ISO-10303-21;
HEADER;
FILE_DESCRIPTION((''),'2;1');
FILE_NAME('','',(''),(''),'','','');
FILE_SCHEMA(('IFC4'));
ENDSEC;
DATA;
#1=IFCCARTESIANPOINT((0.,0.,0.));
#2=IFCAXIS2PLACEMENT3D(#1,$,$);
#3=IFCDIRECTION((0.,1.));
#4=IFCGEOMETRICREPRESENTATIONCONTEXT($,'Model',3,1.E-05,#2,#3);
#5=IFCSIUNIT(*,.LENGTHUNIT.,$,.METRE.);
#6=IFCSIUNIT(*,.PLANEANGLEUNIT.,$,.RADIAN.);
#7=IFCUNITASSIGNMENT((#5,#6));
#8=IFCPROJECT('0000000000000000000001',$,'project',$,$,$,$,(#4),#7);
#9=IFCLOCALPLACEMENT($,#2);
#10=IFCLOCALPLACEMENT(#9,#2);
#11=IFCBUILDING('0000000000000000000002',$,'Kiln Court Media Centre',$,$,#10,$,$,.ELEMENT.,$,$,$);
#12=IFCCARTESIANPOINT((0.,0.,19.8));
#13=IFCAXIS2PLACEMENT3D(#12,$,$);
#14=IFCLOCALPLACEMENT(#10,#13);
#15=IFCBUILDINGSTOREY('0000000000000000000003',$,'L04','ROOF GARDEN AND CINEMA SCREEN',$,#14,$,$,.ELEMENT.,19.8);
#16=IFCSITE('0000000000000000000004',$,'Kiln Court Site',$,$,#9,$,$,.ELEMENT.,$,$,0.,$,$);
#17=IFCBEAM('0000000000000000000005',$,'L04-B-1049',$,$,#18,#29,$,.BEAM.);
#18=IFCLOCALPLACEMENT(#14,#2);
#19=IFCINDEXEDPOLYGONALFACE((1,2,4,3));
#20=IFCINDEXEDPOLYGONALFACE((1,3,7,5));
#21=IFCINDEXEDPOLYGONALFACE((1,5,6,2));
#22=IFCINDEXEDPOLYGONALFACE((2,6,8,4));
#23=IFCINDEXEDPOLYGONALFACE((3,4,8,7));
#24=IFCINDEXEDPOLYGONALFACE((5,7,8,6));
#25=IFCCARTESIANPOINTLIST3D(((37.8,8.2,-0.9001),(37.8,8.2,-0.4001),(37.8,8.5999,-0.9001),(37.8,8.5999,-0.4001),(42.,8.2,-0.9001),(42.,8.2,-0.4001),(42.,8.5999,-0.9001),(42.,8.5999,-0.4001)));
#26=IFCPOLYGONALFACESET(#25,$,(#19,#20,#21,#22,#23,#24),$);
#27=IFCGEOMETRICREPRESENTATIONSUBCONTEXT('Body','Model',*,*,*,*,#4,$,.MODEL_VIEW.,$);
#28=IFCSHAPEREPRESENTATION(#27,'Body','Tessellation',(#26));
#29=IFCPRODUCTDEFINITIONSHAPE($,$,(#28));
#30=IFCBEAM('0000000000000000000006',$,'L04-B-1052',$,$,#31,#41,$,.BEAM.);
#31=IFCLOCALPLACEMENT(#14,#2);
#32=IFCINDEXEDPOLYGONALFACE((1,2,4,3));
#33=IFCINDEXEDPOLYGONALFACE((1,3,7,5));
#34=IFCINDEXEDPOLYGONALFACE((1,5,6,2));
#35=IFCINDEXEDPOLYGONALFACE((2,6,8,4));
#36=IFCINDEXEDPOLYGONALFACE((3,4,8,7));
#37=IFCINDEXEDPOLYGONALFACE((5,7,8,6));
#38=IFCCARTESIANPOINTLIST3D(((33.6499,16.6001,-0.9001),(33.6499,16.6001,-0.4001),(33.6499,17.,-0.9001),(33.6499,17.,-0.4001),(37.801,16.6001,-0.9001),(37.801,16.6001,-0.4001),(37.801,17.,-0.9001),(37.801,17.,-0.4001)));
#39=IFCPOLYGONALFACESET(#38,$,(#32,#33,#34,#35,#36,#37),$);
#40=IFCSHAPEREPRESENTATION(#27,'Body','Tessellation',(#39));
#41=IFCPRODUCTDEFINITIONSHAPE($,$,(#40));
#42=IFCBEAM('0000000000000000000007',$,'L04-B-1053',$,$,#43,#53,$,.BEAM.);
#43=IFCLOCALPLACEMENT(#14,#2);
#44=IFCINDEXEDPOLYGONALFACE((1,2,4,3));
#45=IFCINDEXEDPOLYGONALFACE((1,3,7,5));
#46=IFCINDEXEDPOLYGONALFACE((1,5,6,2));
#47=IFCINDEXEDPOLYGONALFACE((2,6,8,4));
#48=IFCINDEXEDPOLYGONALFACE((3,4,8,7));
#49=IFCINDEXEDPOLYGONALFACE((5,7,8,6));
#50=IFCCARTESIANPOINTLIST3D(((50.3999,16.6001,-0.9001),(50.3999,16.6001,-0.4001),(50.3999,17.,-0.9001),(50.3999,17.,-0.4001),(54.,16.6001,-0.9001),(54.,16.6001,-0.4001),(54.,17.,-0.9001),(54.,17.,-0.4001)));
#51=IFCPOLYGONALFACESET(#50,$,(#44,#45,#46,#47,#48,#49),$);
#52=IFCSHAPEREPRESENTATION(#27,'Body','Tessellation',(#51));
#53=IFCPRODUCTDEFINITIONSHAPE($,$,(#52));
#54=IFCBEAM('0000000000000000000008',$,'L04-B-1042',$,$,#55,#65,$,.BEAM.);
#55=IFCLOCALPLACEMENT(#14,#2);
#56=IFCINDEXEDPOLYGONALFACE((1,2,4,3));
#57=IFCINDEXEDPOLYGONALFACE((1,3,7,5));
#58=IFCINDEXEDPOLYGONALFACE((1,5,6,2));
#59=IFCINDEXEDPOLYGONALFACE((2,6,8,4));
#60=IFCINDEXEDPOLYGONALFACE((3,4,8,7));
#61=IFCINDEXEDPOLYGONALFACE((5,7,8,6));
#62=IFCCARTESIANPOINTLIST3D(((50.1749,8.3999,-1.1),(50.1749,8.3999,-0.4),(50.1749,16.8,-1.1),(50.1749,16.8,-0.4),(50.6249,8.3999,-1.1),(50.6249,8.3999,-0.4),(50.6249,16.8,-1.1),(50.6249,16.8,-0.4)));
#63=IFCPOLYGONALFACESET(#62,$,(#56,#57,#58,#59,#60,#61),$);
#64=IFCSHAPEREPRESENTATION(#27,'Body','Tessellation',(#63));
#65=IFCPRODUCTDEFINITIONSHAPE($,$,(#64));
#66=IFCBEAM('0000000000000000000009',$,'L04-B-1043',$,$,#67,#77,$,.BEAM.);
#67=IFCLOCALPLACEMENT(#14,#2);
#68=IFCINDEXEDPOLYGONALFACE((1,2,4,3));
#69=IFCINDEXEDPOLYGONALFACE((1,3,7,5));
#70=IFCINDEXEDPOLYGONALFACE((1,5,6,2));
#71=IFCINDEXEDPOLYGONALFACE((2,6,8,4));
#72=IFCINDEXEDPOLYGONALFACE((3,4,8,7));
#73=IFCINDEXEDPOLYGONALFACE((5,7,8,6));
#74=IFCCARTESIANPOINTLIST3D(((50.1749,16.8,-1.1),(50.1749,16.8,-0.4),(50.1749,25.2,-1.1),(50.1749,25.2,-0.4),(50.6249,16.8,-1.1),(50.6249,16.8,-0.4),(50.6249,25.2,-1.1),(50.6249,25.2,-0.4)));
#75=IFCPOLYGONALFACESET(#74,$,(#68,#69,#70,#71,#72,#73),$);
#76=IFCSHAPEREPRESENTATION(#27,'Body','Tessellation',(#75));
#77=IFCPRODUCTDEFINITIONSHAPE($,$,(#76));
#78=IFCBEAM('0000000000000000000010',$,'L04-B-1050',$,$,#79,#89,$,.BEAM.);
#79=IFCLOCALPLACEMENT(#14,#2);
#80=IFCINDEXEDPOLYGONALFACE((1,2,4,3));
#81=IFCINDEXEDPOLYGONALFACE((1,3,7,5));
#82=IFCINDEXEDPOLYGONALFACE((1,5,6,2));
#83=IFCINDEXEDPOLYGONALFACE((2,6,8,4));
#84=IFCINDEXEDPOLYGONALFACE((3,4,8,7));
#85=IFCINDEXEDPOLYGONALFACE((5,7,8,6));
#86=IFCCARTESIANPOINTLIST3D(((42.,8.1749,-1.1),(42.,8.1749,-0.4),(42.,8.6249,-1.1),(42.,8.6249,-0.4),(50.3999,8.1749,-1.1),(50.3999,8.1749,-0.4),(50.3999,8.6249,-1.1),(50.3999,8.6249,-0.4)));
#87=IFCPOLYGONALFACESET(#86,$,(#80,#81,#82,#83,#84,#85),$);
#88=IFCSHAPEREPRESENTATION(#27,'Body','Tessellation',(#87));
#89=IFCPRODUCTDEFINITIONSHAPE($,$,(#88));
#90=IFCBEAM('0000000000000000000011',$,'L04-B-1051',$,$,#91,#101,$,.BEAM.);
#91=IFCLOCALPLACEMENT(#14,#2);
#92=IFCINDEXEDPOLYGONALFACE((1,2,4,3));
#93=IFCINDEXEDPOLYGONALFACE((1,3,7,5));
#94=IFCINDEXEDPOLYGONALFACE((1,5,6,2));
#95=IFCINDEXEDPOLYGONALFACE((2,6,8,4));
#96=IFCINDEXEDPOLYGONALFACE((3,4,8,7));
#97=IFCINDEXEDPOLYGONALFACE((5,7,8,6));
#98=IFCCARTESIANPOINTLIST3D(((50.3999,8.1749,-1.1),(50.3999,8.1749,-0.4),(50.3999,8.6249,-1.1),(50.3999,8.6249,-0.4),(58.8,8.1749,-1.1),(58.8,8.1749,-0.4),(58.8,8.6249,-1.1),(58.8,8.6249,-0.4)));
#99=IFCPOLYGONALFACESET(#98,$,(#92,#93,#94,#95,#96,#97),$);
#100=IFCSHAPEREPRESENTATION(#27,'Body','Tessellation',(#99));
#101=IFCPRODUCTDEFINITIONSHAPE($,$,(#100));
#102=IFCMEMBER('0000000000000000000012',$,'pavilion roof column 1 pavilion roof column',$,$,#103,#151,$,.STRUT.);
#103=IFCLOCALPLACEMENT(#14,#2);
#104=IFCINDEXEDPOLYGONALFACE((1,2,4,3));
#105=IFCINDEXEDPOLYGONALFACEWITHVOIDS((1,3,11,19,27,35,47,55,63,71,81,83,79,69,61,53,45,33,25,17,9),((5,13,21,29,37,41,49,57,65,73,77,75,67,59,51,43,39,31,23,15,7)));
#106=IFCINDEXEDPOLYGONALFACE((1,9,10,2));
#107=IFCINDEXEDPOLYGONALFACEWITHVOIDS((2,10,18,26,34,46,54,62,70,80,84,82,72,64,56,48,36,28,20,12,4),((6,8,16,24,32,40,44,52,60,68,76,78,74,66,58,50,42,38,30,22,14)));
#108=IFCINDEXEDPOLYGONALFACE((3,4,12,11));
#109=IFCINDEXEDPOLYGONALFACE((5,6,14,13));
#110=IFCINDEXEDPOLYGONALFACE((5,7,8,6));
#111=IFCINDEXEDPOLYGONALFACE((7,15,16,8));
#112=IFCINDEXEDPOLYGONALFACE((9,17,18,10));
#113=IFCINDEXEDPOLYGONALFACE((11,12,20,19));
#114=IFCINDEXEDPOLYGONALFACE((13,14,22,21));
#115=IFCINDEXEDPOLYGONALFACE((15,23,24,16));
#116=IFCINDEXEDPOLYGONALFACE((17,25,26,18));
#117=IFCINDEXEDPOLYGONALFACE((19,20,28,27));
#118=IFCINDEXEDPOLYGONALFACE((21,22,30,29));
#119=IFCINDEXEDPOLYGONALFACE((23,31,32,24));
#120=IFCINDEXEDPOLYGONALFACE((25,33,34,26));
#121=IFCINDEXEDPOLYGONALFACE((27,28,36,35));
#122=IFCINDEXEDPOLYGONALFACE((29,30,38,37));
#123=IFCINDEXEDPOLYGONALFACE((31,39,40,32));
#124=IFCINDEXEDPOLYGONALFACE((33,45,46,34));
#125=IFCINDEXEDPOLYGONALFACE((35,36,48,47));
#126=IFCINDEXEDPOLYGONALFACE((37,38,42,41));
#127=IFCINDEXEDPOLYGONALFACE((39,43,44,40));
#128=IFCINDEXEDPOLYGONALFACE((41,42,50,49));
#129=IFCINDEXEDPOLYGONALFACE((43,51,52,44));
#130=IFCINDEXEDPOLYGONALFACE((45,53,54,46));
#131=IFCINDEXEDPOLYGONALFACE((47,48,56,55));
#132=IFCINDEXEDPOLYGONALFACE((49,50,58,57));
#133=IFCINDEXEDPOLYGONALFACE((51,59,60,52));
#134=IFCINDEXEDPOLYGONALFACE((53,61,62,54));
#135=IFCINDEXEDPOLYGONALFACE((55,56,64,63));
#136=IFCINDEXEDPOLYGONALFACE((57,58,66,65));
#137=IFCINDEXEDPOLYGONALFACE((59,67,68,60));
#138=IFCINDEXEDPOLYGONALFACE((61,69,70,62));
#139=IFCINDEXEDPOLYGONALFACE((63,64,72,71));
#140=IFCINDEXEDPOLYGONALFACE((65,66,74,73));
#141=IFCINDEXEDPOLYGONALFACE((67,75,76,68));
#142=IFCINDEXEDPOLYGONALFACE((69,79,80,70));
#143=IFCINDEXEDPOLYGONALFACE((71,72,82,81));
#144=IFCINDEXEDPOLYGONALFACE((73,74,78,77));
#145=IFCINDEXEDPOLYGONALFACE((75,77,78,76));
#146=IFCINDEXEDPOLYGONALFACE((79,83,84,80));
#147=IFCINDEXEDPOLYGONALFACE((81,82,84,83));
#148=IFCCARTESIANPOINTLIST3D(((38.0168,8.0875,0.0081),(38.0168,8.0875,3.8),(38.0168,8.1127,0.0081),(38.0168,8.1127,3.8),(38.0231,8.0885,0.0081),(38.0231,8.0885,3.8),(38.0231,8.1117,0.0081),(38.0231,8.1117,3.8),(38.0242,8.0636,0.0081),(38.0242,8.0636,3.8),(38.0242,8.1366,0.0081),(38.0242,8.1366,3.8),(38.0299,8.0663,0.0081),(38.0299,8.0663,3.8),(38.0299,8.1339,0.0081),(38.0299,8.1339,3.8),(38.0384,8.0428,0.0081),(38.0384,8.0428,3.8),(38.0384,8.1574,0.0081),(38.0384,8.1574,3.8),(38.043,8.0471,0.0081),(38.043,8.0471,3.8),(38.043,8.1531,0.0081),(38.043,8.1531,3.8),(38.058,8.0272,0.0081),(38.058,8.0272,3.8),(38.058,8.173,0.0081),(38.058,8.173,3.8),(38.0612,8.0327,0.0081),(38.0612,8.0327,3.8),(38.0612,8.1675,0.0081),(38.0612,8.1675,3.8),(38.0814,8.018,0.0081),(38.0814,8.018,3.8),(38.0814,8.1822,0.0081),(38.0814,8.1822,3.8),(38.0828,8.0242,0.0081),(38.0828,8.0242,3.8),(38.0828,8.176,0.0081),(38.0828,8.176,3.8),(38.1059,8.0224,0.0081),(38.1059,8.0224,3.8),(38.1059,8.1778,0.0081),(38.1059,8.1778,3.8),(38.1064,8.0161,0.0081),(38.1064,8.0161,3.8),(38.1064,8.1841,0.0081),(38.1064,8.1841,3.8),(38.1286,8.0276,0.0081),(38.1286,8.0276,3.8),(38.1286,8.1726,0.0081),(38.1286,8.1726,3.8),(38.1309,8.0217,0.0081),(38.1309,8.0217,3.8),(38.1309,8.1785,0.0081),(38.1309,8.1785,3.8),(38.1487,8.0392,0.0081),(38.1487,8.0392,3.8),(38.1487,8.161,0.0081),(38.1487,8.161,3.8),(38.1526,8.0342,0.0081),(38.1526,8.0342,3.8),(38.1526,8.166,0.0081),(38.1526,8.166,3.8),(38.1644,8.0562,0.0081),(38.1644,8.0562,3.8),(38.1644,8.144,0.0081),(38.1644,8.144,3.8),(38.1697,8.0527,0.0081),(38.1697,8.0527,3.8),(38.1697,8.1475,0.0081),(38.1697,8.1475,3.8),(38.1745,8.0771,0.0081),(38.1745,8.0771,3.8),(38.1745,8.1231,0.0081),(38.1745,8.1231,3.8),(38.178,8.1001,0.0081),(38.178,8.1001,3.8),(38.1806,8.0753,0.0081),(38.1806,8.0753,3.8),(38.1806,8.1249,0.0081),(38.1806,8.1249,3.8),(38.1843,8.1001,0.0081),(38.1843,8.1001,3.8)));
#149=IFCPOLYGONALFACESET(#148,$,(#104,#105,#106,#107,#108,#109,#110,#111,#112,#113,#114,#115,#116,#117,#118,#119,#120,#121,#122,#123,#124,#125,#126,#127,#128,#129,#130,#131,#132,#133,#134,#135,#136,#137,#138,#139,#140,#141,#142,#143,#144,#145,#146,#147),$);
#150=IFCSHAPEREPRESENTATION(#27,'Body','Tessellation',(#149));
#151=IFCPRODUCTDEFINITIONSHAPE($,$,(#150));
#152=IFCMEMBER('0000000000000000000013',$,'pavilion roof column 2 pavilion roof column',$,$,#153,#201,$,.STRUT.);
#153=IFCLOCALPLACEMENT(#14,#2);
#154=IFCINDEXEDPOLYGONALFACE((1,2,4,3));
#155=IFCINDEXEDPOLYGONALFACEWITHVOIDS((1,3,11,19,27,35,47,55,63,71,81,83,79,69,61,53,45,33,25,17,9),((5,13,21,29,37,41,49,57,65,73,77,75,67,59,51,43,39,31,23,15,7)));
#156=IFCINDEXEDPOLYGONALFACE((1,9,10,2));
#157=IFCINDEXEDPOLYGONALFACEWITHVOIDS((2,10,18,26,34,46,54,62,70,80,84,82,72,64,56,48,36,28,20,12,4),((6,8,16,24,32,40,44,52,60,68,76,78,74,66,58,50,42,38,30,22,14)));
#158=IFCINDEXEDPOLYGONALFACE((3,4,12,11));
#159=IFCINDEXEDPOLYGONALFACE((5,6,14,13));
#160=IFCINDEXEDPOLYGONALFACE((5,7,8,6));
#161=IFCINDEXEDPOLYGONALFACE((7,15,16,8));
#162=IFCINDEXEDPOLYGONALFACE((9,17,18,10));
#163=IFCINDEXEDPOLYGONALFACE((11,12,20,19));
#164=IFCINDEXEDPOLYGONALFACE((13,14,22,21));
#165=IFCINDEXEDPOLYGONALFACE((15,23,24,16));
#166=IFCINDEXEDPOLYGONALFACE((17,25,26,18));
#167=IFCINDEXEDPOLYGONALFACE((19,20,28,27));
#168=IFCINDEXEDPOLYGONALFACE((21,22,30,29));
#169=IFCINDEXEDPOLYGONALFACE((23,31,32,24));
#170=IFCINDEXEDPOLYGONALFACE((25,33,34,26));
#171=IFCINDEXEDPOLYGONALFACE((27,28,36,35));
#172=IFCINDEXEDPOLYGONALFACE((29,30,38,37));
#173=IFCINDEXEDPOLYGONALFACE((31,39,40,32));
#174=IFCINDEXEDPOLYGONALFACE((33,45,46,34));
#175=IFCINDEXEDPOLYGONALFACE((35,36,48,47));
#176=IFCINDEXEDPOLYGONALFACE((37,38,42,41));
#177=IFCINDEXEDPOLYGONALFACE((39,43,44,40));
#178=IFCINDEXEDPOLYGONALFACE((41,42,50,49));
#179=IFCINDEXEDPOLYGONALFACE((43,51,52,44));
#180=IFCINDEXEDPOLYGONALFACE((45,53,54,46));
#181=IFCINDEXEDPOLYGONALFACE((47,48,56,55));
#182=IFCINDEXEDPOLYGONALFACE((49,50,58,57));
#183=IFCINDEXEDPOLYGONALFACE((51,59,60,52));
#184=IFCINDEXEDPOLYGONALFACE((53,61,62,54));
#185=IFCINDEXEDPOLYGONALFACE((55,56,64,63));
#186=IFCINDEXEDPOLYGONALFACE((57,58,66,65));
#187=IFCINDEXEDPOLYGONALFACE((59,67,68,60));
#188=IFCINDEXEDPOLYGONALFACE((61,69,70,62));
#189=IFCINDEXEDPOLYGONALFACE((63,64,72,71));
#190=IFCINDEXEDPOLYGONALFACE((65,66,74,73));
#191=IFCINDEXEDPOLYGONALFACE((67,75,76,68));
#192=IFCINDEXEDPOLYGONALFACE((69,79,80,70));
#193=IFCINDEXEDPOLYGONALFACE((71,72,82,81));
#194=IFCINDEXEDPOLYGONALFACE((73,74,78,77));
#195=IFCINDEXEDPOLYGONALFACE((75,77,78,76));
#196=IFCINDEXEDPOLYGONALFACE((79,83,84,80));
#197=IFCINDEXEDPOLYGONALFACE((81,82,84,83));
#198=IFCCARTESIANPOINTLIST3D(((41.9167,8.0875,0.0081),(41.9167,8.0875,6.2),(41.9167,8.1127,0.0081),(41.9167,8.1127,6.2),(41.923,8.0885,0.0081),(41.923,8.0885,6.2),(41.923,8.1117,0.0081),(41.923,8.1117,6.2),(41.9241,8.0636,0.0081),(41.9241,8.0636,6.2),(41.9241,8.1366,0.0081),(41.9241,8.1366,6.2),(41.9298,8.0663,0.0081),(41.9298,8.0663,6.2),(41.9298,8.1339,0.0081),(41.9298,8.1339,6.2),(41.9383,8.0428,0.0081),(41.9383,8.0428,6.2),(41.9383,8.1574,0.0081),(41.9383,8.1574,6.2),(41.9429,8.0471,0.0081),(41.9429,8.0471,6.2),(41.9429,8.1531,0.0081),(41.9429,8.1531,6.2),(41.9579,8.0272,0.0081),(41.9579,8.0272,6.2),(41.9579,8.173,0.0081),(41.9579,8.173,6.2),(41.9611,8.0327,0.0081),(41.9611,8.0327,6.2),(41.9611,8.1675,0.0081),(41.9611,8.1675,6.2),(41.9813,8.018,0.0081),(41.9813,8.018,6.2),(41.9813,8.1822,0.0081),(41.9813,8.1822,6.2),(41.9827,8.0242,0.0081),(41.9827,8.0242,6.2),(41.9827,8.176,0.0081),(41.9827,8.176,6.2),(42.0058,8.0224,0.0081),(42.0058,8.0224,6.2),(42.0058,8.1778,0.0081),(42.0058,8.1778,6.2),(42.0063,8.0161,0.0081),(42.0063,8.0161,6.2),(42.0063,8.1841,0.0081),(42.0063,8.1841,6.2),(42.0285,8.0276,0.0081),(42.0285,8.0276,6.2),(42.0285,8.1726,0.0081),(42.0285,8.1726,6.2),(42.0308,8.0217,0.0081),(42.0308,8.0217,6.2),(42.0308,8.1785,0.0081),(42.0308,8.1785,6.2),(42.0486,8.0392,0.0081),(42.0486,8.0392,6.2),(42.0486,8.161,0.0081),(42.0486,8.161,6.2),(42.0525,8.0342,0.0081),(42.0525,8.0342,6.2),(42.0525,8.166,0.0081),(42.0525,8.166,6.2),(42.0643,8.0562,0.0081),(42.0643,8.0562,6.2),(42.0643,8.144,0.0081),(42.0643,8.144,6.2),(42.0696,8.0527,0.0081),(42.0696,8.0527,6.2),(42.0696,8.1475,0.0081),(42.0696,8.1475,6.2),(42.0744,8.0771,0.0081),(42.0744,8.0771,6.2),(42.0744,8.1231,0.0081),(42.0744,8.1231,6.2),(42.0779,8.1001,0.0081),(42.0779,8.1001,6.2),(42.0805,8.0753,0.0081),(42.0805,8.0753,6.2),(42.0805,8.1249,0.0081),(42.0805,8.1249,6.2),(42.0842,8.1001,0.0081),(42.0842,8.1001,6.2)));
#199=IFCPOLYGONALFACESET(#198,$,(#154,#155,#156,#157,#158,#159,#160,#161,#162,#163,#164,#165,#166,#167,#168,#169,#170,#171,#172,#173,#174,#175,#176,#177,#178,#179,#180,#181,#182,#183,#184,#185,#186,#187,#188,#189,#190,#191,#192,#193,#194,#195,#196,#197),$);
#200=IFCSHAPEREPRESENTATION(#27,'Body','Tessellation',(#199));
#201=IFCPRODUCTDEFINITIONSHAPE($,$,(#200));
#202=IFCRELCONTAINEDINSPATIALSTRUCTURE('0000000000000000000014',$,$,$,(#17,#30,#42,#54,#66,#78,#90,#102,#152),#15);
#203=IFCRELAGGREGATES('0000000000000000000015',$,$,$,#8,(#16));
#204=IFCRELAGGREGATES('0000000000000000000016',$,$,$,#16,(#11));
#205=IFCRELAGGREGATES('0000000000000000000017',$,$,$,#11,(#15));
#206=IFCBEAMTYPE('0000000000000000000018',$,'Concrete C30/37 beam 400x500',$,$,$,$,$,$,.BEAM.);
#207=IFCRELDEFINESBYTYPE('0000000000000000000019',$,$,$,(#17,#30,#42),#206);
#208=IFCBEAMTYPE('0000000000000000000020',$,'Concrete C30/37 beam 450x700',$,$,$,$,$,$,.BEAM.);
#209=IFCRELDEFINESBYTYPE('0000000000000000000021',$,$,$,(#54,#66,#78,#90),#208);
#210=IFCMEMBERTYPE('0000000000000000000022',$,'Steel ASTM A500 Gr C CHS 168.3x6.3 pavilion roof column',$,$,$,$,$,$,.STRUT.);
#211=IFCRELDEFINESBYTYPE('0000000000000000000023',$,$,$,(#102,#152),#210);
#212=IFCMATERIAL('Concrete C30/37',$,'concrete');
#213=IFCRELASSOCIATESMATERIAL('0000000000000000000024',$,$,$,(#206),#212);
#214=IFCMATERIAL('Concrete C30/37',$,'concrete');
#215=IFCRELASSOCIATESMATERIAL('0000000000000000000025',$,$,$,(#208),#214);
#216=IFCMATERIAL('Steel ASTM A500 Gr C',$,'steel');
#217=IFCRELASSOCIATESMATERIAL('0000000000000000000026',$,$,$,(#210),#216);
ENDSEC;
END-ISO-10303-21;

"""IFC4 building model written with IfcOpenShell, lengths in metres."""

from ifc_helpers import new_model, si_unit, direction, frame, origin, origin_2d, place, context, subcontext, project, spatial, rectangle, hollow_circle, extrude, material, material_profile, profile_set, type_object, element, save


model = new_model("IFC4")

# Units and contexts
model_context = context("Model", 3, precision=1e-05, world=origin(), true_north=direction((0.0, 1.0)))
body_context = subcontext(model_context, "Body", "Model", "MODEL_VIEW")
ifc_project = project(units=[si_unit("LENGTHUNIT", "METRE"), si_unit("PLANEANGLEUNIT", "RADIAN")], contexts=[model_context])

# Site, building, storey
site_placement = place(None, origin())
site = spatial("IfcSite", under=ifc_project, at=site_placement, Name="Kiln Court Site", CompositionType="ELEMENT", RefElevation=0.0)
building_placement = place(site_placement, origin())
building = spatial("IfcBuilding", under=site, at=building_placement, Name="Kiln Court Media Centre", CompositionType="ELEMENT")
storey_placement = place(building_placement, frame((0.0, 0.0, 19.8)))
storey = spatial("IfcBuildingStorey", under=building, at=storey_placement, Name="L04", Description="ROOF GARDEN AND CINEMA SCREEN", CompositionType="ELEMENT", Elevation=19.8)

# Beams
ifc_material_1 = material(Name="Concrete C30/37", Category="concrete")
ifc_material_profile_1 = material_profile(ifc_material_1, rectangle(XDim=0.3999, YDim=0.5, at=origin_2d()), Name="RC 400x500")
ifc_profile_set_1 = profile_set([ifc_material_profile_1], Name="Concrete C30/37")
beam_type_1 = type_object("IfcBeamType", Name="Concrete C30/37 beam 400x500", PredefinedType="BEAM", material=ifc_profile_set_1)
beam_1_placement = place(storey_placement, frame((37.8, 8.3999, -0.6501), z_axis=(1.0, 0.0, 0.0), x_axis=(0.0, 1.0, 0.0)))
element("IfcBeam", 1, at=beam_1_placement, inside=storey, type_object=beam_type_1, Name="L04-B-1049", PredefinedType="BEAM", context=body_context, shape_type="SweptSolid", body=[
    extrude(rectangle(XDim=0.3999, YDim=0.5, at=origin_2d()), origin(), (0.0, 0.0, 1.0), 4.2),
])
beam_2_placement = place(storey_placement, frame((33.6499, 16.8, -0.6501), z_axis=(1.0, 0.0, 0.0), x_axis=(0.0, 1.0, 0.0)))
element("IfcBeam", 2, at=beam_2_placement, inside=storey, type_object=beam_type_1, Name="L04-B-1052", PredefinedType="BEAM", context=body_context, shape_type="SweptSolid", body=[
    extrude(rectangle(XDim=0.3999, YDim=0.5, at=origin_2d()), origin(), (0.0, 0.0, 1.0), 4.1511),
])
beam_3_placement = place(storey_placement, frame((50.3999, 16.8, -0.6501), z_axis=(1.0, 0.0, 0.0), x_axis=(0.0, 1.0, 0.0)))
element("IfcBeam", 3, at=beam_3_placement, inside=storey, type_object=beam_type_1, Name="L04-B-1053", PredefinedType="BEAM", context=body_context, shape_type="SweptSolid", body=[
    extrude(rectangle(XDim=0.3999, YDim=0.5, at=origin_2d()), origin(), (0.0, 0.0, 1.0), 3.6001),
])
ifc_material_2 = material(Name="Concrete C30/37", Category="concrete")
ifc_material_profile_2 = material_profile(ifc_material_2, rectangle(XDim=0.45, YDim=0.7, at=origin_2d()), Name="RC 450x700")
ifc_profile_set_2 = profile_set([ifc_material_profile_2], Name="Concrete C30/37")
beam_type_2 = type_object("IfcBeamType", Name="Concrete C30/37 beam 450x700", PredefinedType="BEAM", material=ifc_profile_set_2)
beam_4_placement = place(storey_placement, frame((50.3999, 8.3999, -0.75), z_axis=(0.0, 1.0, 0.0), x_axis=(-1.0, 0.0, 0.0)))
element("IfcBeam", 4, at=beam_4_placement, inside=storey, type_object=beam_type_2, Name="L04-B-1042", PredefinedType="BEAM", context=body_context, shape_type="SweptSolid", body=[
    extrude(rectangle(XDim=0.45, YDim=0.7, at=origin_2d()), origin(), (0.0, 0.0, 1.0), 8.4001),
])
for number, where, z_axis, x_axis, name in (
    (5, (50.3999, 16.8, -0.75), (0.0, 1.0, 0.0), (-1.0, 0.0, 0.0), "L04-B-1043"),
    (6, (42.0, 8.3999, -0.75), (1.0, 0.0, 0.0), (0.0, 1.0, 0.0), "L04-B-1050"),
):
    element("IfcBeam", number, at=place(storey_placement, frame(where, z_axis=z_axis, x_axis=x_axis)), inside=storey, type_object=beam_type_2, Name=name, PredefinedType="BEAM", context=body_context, shape_type="SweptSolid", body=[
        extrude(rectangle(XDim=0.45, YDim=0.7, at=origin_2d()), origin(), (0.0, 0.0, 1.0), 8.3999),
    ])
beam_5_placement = place(storey_placement, frame((50.3999, 8.3999, -0.75), z_axis=(1.0, 0.0, 0.0), x_axis=(0.0, 1.0, 0.0)))
element("IfcBeam", 7, at=beam_5_placement, inside=storey, type_object=beam_type_2, Name="L04-B-1051", PredefinedType="BEAM", context=body_context, shape_type="SweptSolid", body=[
    extrude(rectangle(XDim=0.45, YDim=0.7, at=origin_2d()), origin(), (0.0, 0.0, 1.0), 8.4001),
])

# Members
ifc_material_3 = material(Name="Steel ASTM A500 Gr C", Category="steel")
ifc_material_profile_3 = material_profile(ifc_material_3, hollow_circle(Radius=0.0842, WallThickness=0.0063, at=origin_2d()), Name="CHS 168.3x6.3")
ifc_profile_set_3 = profile_set([ifc_material_profile_3], Name="Steel ASTM A500 Gr C")
member_type = type_object("IfcMemberType", Name="Steel ASTM A500 Gr C CHS 168.3x6.3 pavilion roof column", PredefinedType="STRUT", material=ifc_profile_set_3)
member_1_placement = place(storey_placement, frame((38.1001, 8.1001, 0.0081), z_axis=(0.0, 0.0, 1.0), x_axis=(1.0, 0.0, 0.0)))
element("IfcMember", 8, at=member_1_placement, inside=storey, type_object=member_type, Name="pavilion roof column 1 pavilion roof column", PredefinedType="STRUT", context=body_context, shape_type="SweptSolid", body=[
    extrude(hollow_circle(Radius=0.0842, WallThickness=0.0063, at=origin_2d()), origin(), (0.0, 0.0, 1.0), 3.792),
])
member_2_placement = place(storey_placement, frame((42.0, 8.1001, 0.0081), z_axis=(0.0, 0.0, 1.0), x_axis=(1.0, 0.0, 0.0)))
element("IfcMember", 9, at=member_2_placement, inside=storey, type_object=member_type, Name="pavilion roof column 2 pavilion roof column", PredefinedType="STRUT", context=body_context, shape_type="SweptSolid", body=[
    extrude(hollow_circle(Radius=0.0842, WallThickness=0.0063, at=origin_2d()), origin(), (0.0, 0.0, 1.0), 6.1919),
])

save(model, "model.ifc")
